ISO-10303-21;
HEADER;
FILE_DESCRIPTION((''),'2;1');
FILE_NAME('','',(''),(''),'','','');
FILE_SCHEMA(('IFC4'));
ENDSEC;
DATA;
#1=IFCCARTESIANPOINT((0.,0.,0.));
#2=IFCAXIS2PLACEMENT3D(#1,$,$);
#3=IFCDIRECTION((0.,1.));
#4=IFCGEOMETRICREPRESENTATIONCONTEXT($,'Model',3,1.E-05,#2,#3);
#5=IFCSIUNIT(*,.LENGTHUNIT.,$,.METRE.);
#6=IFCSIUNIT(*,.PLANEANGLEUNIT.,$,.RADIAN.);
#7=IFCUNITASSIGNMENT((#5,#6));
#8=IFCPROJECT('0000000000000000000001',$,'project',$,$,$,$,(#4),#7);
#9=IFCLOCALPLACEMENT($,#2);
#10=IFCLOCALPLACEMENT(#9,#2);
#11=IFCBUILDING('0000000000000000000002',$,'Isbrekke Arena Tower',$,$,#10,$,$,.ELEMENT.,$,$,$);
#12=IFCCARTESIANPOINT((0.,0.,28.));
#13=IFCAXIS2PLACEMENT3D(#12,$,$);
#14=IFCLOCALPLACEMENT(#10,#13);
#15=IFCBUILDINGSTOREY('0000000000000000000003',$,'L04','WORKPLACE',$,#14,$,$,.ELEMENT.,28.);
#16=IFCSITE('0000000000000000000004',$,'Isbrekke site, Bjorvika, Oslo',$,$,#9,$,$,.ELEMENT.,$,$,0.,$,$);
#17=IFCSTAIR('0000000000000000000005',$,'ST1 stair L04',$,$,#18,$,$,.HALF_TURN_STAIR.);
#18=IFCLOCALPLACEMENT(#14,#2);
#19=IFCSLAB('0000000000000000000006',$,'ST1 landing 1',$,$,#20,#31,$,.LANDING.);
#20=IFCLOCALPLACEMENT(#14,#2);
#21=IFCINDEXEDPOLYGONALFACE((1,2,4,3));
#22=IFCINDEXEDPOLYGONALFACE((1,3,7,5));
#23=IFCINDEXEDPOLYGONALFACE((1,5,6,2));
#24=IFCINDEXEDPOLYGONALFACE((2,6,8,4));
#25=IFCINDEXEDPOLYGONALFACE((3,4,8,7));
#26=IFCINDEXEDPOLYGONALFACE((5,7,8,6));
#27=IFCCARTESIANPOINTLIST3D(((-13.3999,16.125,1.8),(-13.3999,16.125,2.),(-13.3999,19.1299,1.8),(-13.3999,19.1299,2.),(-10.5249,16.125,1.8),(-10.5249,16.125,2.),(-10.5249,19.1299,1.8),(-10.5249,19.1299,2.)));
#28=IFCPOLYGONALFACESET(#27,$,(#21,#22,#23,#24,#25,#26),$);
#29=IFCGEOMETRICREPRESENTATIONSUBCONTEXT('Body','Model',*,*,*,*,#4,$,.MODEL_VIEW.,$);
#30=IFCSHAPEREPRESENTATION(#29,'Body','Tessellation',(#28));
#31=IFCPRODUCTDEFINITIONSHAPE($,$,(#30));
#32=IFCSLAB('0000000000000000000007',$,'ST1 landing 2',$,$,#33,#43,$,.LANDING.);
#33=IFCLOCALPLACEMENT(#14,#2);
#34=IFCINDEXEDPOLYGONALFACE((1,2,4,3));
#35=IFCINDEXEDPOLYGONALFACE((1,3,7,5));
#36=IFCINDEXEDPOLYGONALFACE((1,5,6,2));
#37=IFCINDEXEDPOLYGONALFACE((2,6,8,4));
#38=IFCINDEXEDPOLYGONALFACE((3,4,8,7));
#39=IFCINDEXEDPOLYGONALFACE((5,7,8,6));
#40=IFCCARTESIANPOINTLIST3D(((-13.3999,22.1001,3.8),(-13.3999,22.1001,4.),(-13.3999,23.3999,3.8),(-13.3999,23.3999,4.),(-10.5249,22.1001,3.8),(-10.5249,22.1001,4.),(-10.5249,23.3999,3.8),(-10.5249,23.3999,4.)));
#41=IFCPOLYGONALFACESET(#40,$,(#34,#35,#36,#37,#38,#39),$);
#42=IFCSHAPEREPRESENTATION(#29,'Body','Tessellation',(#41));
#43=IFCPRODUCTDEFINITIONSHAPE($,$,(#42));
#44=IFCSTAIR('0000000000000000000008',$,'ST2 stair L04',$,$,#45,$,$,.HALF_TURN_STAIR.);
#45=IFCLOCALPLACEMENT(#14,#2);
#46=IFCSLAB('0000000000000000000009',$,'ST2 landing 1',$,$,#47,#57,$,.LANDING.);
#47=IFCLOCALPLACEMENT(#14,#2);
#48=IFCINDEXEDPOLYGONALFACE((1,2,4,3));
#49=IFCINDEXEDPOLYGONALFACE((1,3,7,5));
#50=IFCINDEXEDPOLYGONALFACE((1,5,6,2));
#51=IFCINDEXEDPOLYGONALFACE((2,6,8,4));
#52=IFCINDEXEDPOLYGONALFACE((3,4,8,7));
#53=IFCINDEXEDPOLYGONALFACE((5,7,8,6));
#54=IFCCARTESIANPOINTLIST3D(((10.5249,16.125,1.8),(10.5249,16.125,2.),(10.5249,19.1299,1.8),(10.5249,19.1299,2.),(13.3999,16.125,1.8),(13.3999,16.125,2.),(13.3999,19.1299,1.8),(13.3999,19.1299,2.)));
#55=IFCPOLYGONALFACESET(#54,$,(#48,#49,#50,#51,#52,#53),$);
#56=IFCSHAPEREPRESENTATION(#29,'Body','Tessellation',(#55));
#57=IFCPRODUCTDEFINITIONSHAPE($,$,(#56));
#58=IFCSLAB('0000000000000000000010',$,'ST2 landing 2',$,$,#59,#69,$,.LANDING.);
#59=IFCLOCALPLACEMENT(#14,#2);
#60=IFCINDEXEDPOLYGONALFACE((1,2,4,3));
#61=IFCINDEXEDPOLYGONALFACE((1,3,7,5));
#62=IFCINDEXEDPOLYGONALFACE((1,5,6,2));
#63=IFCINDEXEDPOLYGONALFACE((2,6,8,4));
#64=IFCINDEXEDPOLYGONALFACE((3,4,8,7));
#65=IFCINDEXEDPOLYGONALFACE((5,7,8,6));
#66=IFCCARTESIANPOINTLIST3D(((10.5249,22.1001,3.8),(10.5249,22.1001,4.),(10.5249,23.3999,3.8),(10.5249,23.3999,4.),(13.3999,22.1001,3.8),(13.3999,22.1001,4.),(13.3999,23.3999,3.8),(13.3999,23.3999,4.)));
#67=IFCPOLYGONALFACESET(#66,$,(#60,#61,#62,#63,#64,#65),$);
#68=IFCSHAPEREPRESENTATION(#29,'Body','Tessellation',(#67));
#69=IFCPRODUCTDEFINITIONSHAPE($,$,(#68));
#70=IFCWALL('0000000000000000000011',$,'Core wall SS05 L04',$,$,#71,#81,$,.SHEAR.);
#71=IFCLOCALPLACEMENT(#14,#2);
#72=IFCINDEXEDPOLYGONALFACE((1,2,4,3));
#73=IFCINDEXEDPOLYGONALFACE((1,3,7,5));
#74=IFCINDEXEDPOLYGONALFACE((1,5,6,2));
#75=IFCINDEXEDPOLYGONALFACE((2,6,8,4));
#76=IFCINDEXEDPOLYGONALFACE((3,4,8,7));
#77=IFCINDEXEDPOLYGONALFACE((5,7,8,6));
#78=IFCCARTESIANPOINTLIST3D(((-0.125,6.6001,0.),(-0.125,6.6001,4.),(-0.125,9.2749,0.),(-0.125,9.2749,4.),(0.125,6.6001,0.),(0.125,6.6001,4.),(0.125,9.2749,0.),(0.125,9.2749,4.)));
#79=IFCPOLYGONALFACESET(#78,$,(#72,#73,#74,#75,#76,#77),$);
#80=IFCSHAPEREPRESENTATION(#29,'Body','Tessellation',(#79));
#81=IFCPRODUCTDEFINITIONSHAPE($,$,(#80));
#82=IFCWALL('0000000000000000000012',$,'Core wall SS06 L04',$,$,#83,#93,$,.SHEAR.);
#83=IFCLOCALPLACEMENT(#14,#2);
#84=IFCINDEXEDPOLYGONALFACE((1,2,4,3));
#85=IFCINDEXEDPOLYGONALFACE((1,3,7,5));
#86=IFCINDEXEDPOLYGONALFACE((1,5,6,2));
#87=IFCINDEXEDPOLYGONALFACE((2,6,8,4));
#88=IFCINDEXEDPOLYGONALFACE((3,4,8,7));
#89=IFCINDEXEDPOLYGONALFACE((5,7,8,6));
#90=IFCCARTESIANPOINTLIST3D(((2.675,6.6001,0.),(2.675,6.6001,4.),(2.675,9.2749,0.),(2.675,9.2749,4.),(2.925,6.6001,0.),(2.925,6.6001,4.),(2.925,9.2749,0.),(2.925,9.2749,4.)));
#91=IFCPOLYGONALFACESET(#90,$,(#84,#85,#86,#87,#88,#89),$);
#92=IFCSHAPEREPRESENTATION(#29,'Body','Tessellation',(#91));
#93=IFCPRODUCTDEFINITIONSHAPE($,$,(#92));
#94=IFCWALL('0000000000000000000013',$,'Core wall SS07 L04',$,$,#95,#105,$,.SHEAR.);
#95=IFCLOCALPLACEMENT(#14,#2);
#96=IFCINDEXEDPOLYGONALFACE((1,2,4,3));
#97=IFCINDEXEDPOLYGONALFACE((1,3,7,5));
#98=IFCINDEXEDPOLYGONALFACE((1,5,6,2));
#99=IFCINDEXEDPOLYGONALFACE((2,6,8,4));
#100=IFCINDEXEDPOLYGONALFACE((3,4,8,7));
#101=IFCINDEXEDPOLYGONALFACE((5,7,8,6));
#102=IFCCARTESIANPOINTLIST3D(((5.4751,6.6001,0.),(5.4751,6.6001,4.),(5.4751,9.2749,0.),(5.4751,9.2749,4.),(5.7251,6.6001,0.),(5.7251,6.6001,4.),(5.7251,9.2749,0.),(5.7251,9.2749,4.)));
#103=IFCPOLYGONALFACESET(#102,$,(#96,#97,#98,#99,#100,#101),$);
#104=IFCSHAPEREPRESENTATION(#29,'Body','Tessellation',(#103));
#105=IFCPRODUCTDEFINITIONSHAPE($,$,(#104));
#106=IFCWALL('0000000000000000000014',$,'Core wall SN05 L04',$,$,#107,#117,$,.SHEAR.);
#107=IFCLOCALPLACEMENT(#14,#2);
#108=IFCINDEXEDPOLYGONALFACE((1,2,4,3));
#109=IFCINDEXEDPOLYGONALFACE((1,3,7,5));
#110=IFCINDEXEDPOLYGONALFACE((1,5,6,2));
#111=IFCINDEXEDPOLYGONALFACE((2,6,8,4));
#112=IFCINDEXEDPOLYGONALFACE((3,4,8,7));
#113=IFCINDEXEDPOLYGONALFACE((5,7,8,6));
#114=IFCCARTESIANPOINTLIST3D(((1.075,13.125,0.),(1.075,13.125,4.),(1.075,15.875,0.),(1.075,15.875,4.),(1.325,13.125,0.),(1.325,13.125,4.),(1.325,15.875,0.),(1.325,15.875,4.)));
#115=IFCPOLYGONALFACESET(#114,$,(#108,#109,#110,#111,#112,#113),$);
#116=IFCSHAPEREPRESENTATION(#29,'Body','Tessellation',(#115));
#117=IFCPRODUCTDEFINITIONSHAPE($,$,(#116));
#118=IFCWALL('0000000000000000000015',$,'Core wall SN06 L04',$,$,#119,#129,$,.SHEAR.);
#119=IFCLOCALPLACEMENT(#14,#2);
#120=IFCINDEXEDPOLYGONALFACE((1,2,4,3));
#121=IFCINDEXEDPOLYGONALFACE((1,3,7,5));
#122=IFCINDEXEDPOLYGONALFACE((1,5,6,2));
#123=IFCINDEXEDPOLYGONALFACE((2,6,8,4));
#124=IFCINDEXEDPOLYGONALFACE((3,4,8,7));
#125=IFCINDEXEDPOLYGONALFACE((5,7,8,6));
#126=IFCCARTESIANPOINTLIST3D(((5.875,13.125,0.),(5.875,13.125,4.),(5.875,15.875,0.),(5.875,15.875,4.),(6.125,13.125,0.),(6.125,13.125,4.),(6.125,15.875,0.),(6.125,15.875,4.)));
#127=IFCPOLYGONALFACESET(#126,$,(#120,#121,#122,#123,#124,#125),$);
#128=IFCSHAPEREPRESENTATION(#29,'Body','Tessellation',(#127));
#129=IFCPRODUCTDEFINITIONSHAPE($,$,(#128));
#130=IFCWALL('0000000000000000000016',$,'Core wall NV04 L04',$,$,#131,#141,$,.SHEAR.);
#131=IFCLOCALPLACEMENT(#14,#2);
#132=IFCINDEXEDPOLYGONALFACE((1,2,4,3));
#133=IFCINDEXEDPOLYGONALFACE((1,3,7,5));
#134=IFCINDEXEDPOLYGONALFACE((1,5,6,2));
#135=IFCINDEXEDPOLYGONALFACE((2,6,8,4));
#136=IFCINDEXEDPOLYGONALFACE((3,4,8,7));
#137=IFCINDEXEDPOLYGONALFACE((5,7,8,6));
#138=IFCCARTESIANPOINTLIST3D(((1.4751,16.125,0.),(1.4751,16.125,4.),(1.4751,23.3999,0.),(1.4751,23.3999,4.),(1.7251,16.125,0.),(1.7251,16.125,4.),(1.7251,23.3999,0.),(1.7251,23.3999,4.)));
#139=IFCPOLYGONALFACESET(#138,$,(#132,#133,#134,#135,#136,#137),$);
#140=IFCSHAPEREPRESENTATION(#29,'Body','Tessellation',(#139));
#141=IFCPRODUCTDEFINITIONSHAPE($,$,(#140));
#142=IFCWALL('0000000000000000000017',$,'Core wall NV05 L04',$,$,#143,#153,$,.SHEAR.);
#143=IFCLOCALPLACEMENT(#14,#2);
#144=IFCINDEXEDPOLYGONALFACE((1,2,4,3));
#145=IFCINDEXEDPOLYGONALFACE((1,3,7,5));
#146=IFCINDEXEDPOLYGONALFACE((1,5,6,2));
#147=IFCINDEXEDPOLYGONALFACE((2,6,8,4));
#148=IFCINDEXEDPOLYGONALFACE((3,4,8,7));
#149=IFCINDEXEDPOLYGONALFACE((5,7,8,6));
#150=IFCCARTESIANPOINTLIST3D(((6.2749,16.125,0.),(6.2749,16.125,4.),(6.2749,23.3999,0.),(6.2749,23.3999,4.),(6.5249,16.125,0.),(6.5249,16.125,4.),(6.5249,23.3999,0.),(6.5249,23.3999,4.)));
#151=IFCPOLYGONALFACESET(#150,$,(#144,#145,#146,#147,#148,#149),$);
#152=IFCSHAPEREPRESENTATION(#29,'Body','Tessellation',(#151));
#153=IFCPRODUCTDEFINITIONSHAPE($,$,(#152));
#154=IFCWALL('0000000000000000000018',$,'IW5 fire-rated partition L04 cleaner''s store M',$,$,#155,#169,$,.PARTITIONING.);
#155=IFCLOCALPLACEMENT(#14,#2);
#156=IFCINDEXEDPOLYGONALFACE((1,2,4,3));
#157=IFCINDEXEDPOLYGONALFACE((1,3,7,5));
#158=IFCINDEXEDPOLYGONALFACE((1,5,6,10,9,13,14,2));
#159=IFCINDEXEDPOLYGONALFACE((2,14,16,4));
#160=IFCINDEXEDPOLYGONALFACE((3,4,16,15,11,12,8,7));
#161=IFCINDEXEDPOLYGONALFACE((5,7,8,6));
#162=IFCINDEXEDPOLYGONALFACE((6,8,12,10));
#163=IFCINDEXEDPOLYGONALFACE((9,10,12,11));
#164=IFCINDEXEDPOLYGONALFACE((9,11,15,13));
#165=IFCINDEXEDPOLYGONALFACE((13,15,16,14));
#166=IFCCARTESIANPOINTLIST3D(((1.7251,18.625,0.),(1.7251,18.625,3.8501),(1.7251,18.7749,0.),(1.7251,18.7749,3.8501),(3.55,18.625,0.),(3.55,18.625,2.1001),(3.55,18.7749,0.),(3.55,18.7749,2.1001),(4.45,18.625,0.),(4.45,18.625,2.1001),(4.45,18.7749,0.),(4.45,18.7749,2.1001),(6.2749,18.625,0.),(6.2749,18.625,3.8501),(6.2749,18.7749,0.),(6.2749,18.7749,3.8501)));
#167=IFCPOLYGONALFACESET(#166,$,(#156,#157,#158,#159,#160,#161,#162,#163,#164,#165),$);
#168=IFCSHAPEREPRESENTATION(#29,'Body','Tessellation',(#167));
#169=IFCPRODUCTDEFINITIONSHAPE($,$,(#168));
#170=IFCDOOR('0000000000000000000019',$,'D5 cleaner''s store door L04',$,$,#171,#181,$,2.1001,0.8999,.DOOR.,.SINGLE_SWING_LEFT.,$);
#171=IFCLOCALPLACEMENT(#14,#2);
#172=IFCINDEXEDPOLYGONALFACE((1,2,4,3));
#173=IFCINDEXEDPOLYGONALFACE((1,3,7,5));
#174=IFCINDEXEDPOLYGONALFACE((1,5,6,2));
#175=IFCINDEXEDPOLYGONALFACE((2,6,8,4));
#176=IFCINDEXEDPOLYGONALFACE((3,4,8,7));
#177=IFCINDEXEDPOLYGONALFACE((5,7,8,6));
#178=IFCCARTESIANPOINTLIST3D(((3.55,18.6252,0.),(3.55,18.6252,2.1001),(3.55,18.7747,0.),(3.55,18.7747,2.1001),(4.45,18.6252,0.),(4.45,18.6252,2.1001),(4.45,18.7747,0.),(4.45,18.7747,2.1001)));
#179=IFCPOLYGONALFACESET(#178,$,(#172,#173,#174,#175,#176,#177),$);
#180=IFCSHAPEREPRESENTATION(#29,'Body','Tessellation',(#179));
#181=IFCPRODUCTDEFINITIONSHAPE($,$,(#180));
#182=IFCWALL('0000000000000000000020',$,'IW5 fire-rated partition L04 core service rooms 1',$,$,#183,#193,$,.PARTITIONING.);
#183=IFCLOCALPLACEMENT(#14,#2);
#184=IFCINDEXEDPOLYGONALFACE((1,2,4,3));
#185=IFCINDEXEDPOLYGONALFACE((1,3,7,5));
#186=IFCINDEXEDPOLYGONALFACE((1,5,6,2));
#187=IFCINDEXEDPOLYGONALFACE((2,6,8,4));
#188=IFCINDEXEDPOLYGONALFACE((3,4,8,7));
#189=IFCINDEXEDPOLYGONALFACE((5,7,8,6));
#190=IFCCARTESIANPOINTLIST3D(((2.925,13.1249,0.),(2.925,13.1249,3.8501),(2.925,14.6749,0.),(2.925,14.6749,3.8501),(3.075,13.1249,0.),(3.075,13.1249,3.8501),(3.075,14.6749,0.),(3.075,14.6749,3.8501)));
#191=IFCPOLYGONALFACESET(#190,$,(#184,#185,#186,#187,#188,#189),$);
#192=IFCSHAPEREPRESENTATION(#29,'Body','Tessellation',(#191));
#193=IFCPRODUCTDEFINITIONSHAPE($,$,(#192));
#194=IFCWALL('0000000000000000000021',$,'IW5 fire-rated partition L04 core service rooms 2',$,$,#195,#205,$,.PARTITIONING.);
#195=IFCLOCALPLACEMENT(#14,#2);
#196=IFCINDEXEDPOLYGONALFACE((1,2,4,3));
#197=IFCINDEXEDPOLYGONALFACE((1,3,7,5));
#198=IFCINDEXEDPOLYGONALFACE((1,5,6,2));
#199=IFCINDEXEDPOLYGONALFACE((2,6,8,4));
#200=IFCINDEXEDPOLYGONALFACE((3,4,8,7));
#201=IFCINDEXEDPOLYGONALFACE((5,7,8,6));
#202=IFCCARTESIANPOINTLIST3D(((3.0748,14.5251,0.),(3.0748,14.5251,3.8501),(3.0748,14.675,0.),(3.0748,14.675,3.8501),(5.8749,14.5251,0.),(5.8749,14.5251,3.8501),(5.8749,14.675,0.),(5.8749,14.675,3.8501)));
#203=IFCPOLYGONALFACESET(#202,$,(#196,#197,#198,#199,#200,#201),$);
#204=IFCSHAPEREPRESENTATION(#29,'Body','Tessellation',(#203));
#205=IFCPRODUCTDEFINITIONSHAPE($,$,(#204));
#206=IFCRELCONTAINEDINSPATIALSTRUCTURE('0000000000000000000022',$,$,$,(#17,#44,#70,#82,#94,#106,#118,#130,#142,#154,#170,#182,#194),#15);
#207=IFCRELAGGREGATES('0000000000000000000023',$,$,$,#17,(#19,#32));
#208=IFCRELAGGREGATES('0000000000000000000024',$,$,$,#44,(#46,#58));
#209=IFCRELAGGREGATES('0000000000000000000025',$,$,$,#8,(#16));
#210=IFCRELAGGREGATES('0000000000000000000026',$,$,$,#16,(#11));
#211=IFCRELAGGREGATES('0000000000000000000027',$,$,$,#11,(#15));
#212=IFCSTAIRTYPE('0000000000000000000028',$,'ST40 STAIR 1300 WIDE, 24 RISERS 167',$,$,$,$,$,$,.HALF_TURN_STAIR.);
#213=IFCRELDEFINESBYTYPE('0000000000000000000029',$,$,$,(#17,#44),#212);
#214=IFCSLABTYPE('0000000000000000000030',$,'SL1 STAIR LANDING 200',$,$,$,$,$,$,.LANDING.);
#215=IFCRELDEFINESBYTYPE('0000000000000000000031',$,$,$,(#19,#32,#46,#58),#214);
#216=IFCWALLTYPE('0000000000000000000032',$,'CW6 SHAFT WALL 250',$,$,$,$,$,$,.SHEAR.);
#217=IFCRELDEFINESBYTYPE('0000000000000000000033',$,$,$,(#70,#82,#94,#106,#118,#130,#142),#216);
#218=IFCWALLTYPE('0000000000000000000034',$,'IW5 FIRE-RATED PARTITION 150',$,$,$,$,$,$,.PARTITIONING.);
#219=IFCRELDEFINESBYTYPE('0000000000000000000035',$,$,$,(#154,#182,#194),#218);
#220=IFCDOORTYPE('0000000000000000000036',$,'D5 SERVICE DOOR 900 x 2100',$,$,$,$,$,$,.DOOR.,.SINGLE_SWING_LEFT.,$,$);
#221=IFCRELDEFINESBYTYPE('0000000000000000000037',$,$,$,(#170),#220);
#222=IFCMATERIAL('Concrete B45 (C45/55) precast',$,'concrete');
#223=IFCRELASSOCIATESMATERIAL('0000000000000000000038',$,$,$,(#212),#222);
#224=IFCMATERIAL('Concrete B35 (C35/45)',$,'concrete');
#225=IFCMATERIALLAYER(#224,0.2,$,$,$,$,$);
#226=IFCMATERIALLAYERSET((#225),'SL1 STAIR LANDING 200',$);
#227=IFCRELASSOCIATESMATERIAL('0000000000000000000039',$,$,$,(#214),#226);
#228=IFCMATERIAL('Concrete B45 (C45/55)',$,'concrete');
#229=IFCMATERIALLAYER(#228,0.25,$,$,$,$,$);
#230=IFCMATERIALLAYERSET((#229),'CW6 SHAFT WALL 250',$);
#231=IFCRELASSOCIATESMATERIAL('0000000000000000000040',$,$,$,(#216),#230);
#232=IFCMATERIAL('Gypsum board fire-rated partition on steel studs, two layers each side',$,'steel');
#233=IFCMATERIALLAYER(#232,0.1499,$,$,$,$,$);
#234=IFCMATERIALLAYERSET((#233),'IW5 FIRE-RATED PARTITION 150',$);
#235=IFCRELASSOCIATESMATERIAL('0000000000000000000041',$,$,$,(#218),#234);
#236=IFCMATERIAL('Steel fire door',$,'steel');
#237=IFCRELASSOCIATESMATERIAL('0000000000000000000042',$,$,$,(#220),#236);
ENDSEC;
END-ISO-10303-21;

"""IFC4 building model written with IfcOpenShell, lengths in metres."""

from ifc_helpers import new_model, si_unit, direction, frame, frame_2d, origin, place, context, subcontext, project, spatial, polyline, rectangle, outline, extrude, material, layer, layer_set, type_object, element, fill, aggregate, save


model = new_model("IFC4")

# Units and contexts
model_context = context("Model", 3, precision=1e-05, world=origin(), true_north=direction((0.0, 1.0)))
body_context = subcontext(model_context, "Body", "Model", "MODEL_VIEW")
ifc_project = project(units=[si_unit("LENGTHUNIT", "METRE"), si_unit("PLANEANGLEUNIT", "RADIAN")], contexts=[model_context])

# Site, building, storey
site_placement = place(None, origin())
site = spatial("IfcSite", under=ifc_project, at=site_placement, Name="Isbrekke site, Bjorvika, Oslo", CompositionType="ELEMENT", RefElevation=0.0)
building_placement = place(site_placement, origin())
building = spatial("IfcBuilding", under=site, at=building_placement, Name="Isbrekke Arena Tower", CompositionType="ELEMENT")
storey_placement = place(building_placement, frame((0.0, 0.0, 28.0)))
storey = spatial("IfcBuildingStorey", under=building, at=storey_placement, Name="L04", Description="WORKPLACE", CompositionType="ELEMENT", Elevation=28.0)

# Stairs, slabs
ifc_material_1 = material(Name="Concrete B45 (C45/55) precast", Category="concrete")
stair_type = type_object("IfcStairType", Name="ST40 STAIR 1300 WIDE, 24 RISERS 167", PredefinedType="HALF_TURN_STAIR", material=ifc_material_1)
stair_1_placement = place(storey_placement, origin())
stair_1 = element("IfcStair", 1, at=stair_1_placement, inside=storey, type_object=stair_type, Name="ST1 stair L04", PredefinedType="HALF_TURN_STAIR")
ifc_material_2 = material(Name="Concrete B35 (C35/45)", Category="concrete")
ifc_layer_1 = layer(ifc_material_2, 0.2)
ifc_layer_set_1 = layer_set([ifc_layer_1], Name="SL1 STAIR LANDING 200")
slab_type = type_object("IfcSlabType", Name="SL1 STAIR LANDING 200", PredefinedType="LANDING", material=ifc_layer_set_1)
slab_1_placement = place(storey_placement, frame((0.0, 0.0, 1.8)))
slab_1 = element("IfcSlab", 2, at=slab_1_placement, type_object=slab_type, Name="ST1 landing 1", PredefinedType="LANDING", context=body_context, shape_type="SweptSolid", body=[
    extrude(outline(polyline([(-13.3999, 16.125), (-10.5249, 16.125), (-10.5249, 19.1299), (-13.3999, 19.1299), (-13.3999, 16.125)])), origin(), (0.0, 0.0, 1.0), 0.2),
])
slab_2_placement = place(storey_placement, frame((0.0, 0.0, 3.8)))
slab_2 = element("IfcSlab", 3, at=slab_2_placement, type_object=slab_type, Name="ST1 landing 2", PredefinedType="LANDING", context=body_context, shape_type="SweptSolid", body=[
    extrude(outline(polyline([(-13.3999, 22.1001), (-10.5249, 22.1001), (-10.5249, 23.3999), (-13.3999, 23.3999), (-13.3999, 22.1001)])), origin(), (0.0, 0.0, 1.0), 0.2),
])
aggregate(stair_1, [slab_1, slab_2])
stair_2_placement = place(storey_placement, origin())
stair_2 = element("IfcStair", 4, at=stair_2_placement, inside=storey, type_object=stair_type, Name="ST2 stair L04", PredefinedType="HALF_TURN_STAIR")
slab_3_placement = place(storey_placement, frame((0.0, 0.0, 1.8)))
slab_3 = element("IfcSlab", 5, at=slab_3_placement, type_object=slab_type, Name="ST2 landing 1", PredefinedType="LANDING", context=body_context, shape_type="SweptSolid", body=[
    extrude(outline(polyline([(10.5249, 16.125), (13.3999, 16.125), (13.3999, 19.1299), (10.5249, 19.1299), (10.5249, 16.125)])), origin(), (0.0, 0.0, 1.0), 0.2),
])
slab_4_placement = place(storey_placement, frame((0.0, 0.0, 3.8)))
slab_4 = element("IfcSlab", 6, at=slab_4_placement, type_object=slab_type, Name="ST2 landing 2", PredefinedType="LANDING", context=body_context, shape_type="SweptSolid", body=[
    extrude(outline(polyline([(10.5249, 22.1001), (13.3999, 22.1001), (13.3999, 23.3999), (10.5249, 23.3999), (10.5249, 22.1001)])), origin(), (0.0, 0.0, 1.0), 0.2),
])
aggregate(stair_2, [slab_3, slab_4])

# Walls
ifc_material_3 = material(Name="Concrete B45 (C45/55)", Category="concrete")
ifc_layer_2 = layer(ifc_material_3, 0.25)
ifc_layer_set_2 = layer_set([ifc_layer_2], Name="CW6 SHAFT WALL 250")
wall_type_1 = type_object("IfcWallType", Name="CW6 SHAFT WALL 250", PredefinedType="SHEAR", material=ifc_layer_set_2)
for number, where, z_axis, x_axis, name in (
    (7, (0.0, 6.6001, 0.0), (0.0, 0.0, 1.0), (0.0, 1.0, 0.0), "Core wall SS05 L04"),
    (8, (2.8, 6.6001, 0.0), (0.0, 0.0, 1.0), (0.0, 1.0, 0.0), "Core wall SS06 L04"),
    (9, (5.6001, 6.6001, 0.0), (0.0, 0.0, 1.0), (0.0, 1.0, 0.0), "Core wall SS07 L04"),
):
    element("IfcWall", number, at=place(storey_placement, frame(where, z_axis=z_axis, x_axis=x_axis)), inside=storey, type_object=wall_type_1, Name=name, PredefinedType="SHEAR", context=body_context, shape_type="SweptSolid", body=[
        extrude(rectangle(XDim=2.6748, YDim=0.25, at=frame_2d((1.3374, 0.0))), origin(), (0.0, 0.0, 1.0), 4.0),
    ])
for number, where, z_axis, x_axis, name in (
    (10, (1.2, 13.125, 0.0), (0.0, 0.0, 1.0), (0.0, 1.0, 0.0), "Core wall SN05 L04"),
    (11, (6.0, 13.125, 0.0), (0.0, 0.0, 1.0), (0.0, 1.0, 0.0), "Core wall SN06 L04"),
):
    element("IfcWall", number, at=place(storey_placement, frame(where, z_axis=z_axis, x_axis=x_axis)), inside=storey, type_object=wall_type_1, Name=name, PredefinedType="SHEAR", context=body_context, shape_type="SweptSolid", body=[
        extrude(rectangle(XDim=2.75, YDim=0.25, at=frame_2d((1.375, 0.0))), origin(), (0.0, 0.0, 1.0), 4.0),
    ])
for number, where, z_axis, x_axis, name in (
    (12, (1.6001, 16.125, 0.0), (0.0, 0.0, 1.0), (0.0, 1.0, 0.0), "Core wall NV04 L04"),
    (13, (6.3999, 16.125, 0.0), (0.0, 0.0, 1.0), (0.0, 1.0, 0.0), "Core wall NV05 L04"),
):
    element("IfcWall", number, at=place(storey_placement, frame(where, z_axis=z_axis, x_axis=x_axis)), inside=storey, type_object=wall_type_1, Name=name, PredefinedType="SHEAR", context=body_context, shape_type="SweptSolid", body=[
        extrude(rectangle(XDim=7.2749, YDim=0.25, at=frame_2d((3.6375, 0.0))), origin(), (0.0, 0.0, 1.0), 4.0),
    ])

# Wall, opening, door
ifc_material_4 = material(Name="Gypsum board fire-rated partition on steel studs, two layers each side", Category="steel")
ifc_layer_3 = layer(ifc_material_4, 0.1499)
ifc_layer_set_3 = layer_set([ifc_layer_3], Name="IW5 FIRE-RATED PARTITION 150")
wall_type_2 = type_object("IfcWallType", Name="IW5 FIRE-RATED PARTITION 150", PredefinedType="PARTITIONING", material=ifc_layer_set_3)
wall_1_placement = place(storey_placement, frame((1.7251, 18.7, 0.0), z_axis=(0.0, 0.0, 1.0), x_axis=(1.0, 0.0, 0.0)))
wall_1 = element("IfcWall", 14, at=wall_1_placement, inside=storey, type_object=wall_type_2, Name="IW5 fire-rated partition L04 cleaner's store M", PredefinedType="PARTITIONING", context=body_context, shape_type="SweptSolid", body=[
    extrude(rectangle(XDim=4.5498, YDim=0.1499, at=frame_2d((2.2749, 0.0))), origin(), (0.0, 0.0, 1.0), 3.8501),
])
opening_1_placement = place(wall_1_placement, frame((1.825, 0.0, 0.0)))
opening_1 = element("IfcOpeningElement", 15, at=opening_1_placement, cuts=wall_1, PredefinedType="OPENING", context=body_context, shape_type="SweptSolid", body=[
    extrude(rectangle(XDim=0.8999, YDim=2.1001, at=frame_2d((0.45, 1.05))), frame((0.0, 0.0898, 0.0), z_axis=(0.0, -1.0, 0.0), x_axis=(1.0, 0.0, 0.0)), (0.0, 0.0, 1.0), 0.1797),
])
ifc_material_5 = material(Name="Steel fire door", Category="steel")
door_type = type_object("IfcDoorType", Name="D5 SERVICE DOOR 900 x 2100", OperationType="SINGLE_SWING_LEFT", PredefinedType="DOOR", material=ifc_material_5)
door_1_placement = place(opening_1_placement, origin())
door_1 = element("IfcDoor", 16, at=door_1_placement, inside=storey, type_object=door_type, Name="D5 cleaner's store door L04", OperationType="SINGLE_SWING_LEFT", OverallHeight=2.1001, OverallWidth=0.8999, PredefinedType="DOOR", context=body_context, shape_type="SweptSolid", body=[
    extrude(rectangle(XDim=0.8999, YDim=2.1001, at=frame_2d((0.45, 1.05))), frame((0.0, 0.0747, 0.0), z_axis=(0.0, -1.0, 0.0), x_axis=(1.0, 0.0, 0.0)), (0.0, 0.0, 1.0), 0.1494),
])
fill(opening_1, door_1)

# Walls
wall_2_placement = place(storey_placement, frame((3.0, 13.125, 0.0), z_axis=(0.0, 0.0, 1.0), x_axis=(0.0, 1.0, 0.0)))
element("IfcWall", 17, at=wall_2_placement, inside=storey, type_object=wall_type_2, Name="IW5 fire-rated partition L04 core service rooms 1", PredefinedType="PARTITIONING", context=body_context, shape_type="SweptSolid", body=[
    extrude(rectangle(XDim=1.55, YDim=0.1499, at=frame_2d((0.7749, 0.0))), origin(), (0.0, 0.0, 1.0), 3.8501),
])
wall_3_placement = place(storey_placement, frame((3.075, 14.6001, 0.0), z_axis=(0.0, 0.0, 1.0), x_axis=(1.0, 0.0, 0.0)))
element("IfcWall", 18, at=wall_3_placement, inside=storey, type_object=wall_type_2, Name="IW5 fire-rated partition L04 core service rooms 2", PredefinedType="PARTITIONING", context=body_context, shape_type="SweptSolid", body=[
    extrude(rectangle(XDim=2.8, YDim=0.1499, at=frame_2d((1.3999, 0.0))), origin(), (0.0, 0.0, 1.0), 3.8501),
])

save(model, "model.ifc")
